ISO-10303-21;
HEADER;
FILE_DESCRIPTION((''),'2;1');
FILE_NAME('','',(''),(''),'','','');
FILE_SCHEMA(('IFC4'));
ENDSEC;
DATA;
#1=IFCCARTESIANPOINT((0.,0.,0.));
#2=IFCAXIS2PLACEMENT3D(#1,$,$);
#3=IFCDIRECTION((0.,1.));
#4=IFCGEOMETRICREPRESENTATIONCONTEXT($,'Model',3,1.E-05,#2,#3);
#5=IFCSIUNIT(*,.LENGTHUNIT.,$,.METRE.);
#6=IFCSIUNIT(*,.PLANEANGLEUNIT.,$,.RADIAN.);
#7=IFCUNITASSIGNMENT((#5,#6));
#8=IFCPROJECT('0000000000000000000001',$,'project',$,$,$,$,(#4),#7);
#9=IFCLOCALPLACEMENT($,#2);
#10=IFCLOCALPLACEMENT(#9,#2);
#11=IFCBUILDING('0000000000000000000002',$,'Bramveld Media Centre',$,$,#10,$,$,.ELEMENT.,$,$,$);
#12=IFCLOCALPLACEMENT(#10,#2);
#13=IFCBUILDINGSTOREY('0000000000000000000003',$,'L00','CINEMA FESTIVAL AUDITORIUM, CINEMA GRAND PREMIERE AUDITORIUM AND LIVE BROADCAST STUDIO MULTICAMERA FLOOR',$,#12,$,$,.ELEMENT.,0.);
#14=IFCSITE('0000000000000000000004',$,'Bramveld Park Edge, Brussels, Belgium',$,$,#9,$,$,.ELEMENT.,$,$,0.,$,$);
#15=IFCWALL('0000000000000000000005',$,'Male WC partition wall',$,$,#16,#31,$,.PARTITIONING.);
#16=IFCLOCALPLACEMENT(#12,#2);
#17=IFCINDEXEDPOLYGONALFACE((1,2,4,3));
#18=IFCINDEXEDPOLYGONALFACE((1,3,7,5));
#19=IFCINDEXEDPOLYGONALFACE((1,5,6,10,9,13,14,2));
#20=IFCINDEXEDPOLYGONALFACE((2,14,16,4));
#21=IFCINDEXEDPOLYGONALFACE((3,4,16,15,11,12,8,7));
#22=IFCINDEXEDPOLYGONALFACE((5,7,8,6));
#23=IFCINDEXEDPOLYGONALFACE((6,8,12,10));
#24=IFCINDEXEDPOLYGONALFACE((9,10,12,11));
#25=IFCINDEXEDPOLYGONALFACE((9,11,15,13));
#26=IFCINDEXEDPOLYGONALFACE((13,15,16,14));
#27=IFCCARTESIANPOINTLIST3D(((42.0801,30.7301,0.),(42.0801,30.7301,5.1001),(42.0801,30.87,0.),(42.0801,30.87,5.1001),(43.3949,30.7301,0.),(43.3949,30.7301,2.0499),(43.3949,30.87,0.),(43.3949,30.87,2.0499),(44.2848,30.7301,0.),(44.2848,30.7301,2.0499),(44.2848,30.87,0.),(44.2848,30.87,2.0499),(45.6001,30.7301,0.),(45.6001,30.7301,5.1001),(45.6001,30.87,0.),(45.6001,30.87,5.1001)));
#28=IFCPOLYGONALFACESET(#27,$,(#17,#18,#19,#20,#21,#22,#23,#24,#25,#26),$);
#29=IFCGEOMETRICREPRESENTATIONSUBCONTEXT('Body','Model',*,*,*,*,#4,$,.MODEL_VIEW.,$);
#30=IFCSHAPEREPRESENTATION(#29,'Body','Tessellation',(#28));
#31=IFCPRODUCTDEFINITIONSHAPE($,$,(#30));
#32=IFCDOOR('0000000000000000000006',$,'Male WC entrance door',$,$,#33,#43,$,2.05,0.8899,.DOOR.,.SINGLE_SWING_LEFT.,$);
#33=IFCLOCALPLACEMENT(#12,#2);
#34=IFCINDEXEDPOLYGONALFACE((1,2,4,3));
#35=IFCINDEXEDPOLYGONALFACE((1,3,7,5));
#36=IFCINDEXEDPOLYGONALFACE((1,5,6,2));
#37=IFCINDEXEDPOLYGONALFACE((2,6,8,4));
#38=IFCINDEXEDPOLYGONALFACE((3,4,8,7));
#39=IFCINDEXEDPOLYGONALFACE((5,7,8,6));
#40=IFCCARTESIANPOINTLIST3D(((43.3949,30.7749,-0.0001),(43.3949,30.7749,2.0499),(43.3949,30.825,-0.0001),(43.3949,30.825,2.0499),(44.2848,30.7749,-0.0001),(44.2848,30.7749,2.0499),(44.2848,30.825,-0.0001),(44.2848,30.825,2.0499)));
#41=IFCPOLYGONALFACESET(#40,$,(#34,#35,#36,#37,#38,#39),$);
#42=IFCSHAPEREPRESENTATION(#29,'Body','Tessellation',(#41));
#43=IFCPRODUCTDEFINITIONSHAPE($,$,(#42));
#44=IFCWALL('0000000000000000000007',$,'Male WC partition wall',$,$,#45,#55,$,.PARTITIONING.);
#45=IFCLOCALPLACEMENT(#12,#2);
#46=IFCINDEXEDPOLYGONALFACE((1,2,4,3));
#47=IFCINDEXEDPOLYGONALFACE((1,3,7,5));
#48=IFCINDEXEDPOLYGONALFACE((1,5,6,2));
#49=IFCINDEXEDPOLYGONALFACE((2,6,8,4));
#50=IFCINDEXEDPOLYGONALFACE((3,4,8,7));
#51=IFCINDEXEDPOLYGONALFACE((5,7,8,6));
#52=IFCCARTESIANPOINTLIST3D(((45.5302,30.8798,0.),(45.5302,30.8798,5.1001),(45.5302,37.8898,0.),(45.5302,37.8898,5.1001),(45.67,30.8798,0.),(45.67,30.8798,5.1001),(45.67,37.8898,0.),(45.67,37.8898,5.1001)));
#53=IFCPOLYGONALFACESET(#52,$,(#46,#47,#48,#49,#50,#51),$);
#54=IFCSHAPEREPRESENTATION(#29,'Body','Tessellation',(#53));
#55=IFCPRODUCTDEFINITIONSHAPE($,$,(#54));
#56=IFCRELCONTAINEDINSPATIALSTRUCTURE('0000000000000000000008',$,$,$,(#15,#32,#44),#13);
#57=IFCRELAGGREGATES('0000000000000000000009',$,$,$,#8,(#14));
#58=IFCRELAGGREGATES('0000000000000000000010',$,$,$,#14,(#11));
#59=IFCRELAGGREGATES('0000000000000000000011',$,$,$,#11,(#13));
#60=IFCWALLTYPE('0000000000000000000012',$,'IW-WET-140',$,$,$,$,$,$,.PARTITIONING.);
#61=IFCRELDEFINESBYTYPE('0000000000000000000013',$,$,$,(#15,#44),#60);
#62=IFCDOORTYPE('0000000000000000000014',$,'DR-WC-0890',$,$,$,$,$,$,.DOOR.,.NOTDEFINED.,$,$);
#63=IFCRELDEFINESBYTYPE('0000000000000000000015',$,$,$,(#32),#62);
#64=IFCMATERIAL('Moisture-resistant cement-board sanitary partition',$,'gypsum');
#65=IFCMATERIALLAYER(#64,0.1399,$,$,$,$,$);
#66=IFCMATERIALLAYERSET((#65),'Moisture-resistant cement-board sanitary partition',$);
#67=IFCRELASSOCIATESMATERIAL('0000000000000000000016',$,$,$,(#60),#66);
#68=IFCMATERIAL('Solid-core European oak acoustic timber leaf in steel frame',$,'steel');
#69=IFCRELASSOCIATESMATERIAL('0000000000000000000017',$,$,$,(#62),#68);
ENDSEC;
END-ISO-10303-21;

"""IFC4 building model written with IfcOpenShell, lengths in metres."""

from ifc_helpers import new_model, si_unit, direction, frame, frame_2d, origin, place, context, subcontext, project, spatial, rectangle, extrude, material, layer, layer_set, type_object, element, fill, save


model = new_model("IFC4")

# Units and contexts
model_context = context("Model", 3, precision=1e-05, world=origin(), true_north=direction((0.0, 1.0)))
body_context = subcontext(model_context, "Body", "Model", "MODEL_VIEW")
ifc_project = project(units=[si_unit("LENGTHUNIT", "METRE"), si_unit("PLANEANGLEUNIT", "RADIAN")], contexts=[model_context])

# Site, building, storey
site_placement = place(None, origin())
site = spatial("IfcSite", under=ifc_project, at=site_placement, Name="Bramveld Park Edge, Brussels, Belgium", CompositionType="ELEMENT", RefElevation=0.0)
building_placement = place(site_placement, origin())
building = spatial("IfcBuilding", under=site, at=building_placement, Name="Bramveld Media Centre", CompositionType="ELEMENT")
storey_placement = place(building_placement, origin())
storey = spatial("IfcBuildingStorey", under=building, at=storey_placement, Name="L00", Description="CINEMA FESTIVAL AUDITORIUM, CINEMA GRAND PREMIERE AUDITORIUM AND LIVE BROADCAST STUDIO MULTICAMERA FLOOR", CompositionType="ELEMENT", Elevation=0.0)

# Shared definitions
ifc_material_1 = material(Name="Moisture-resistant cement-board sanitary partition", Category="gypsum")
ifc_layer_1 = layer(ifc_material_1, 0.1399)
ifc_layer_set_1 = layer_set([ifc_layer_1], Name="Moisture-resistant cement-board sanitary partition")
wall_type_1 = type_object("IfcWallType", Name="IW-WET-140", PredefinedType="PARTITIONING", material=ifc_layer_set_1)

# Wall, opening, door
wall_1_placement = place(storey_placement, frame((42.0801, 30.8, 0.0), z_axis=(0.0, 0.0, 1.0), x_axis=(1.0, 0.0, 0.0)))
wall_1 = element("IfcWall", 1, at=wall_1_placement, inside=storey, type_object=wall_type_1, Name="Male WC partition wall", PredefinedType="PARTITIONING", context=body_context, shape_type="SweptSolid", body=[
    extrude(rectangle(XDim=3.52, YDim=0.1399, at=frame_2d((1.76, 0.0))), origin(), (0.0, 0.0, 1.0), 5.1001),
])
opening_1_placement = place(wall_1_placement, frame((1.3149, 0.0, 0.0)))
opening_1 = element("IfcOpeningElement", 2, at=opening_1_placement, cuts=wall_1, PredefinedType="OPENING", context=body_context, shape_type="SweptSolid", body=[
    extrude(rectangle(XDim=0.8899, YDim=2.05, at=frame_2d((0.4448, 1.0249))), frame((0.0, 0.082, 0.0), z_axis=(0.0, -1.0, 0.0), x_axis=(1.0, 0.0, 0.0)), (0.0, 0.0, 1.0), 0.1638),
])
ifc_material_2 = material(Name="Solid-core European oak acoustic timber leaf in steel frame", Category="steel")
door_type_1 = type_object("IfcDoorType", Name="DR-WC-0890", OperationType="NOTDEFINED", PredefinedType="DOOR", material=ifc_material_2)
door_1_placement = place(opening_1_placement, origin())
door_1 = element("IfcDoor", 3, at=door_1_placement, inside=storey, type_object=door_type_1, Name="Male WC entrance door", OperationType="SINGLE_SWING_LEFT", OverallHeight=2.05, OverallWidth=0.8899, PredefinedType="DOOR", context=body_context, shape_type="SweptSolid", body=[
    extrude(rectangle(XDim=0.8899, YDim=2.05, at=frame_2d((0.4448, 1.0249))), frame((0.0, 0.0249, 0.0), z_axis=(0.0, -1.0, 0.0), x_axis=(1.0, 0.0, 0.0)), (0.0, 0.0, 1.0), 0.05),
])
fill(opening_1, door_1)

# Wall
wall_2_placement = place(storey_placement, frame((45.6001, 30.8799, 0.0), z_axis=(0.0, 0.0, 1.0), x_axis=(0.0, 1.0, 0.0)))
element("IfcWall", 4, at=wall_2_placement, inside=storey, type_object=wall_type_1, Name="Male WC partition wall", PredefinedType="PARTITIONING", context=body_context, shape_type="SweptSolid", body=[
    extrude(rectangle(XDim=7.01, YDim=0.1399, at=frame_2d((3.5049, 0.0))), origin(), (0.0, 0.0, 1.0), 5.1001),
])

save(model, "model.ifc")
